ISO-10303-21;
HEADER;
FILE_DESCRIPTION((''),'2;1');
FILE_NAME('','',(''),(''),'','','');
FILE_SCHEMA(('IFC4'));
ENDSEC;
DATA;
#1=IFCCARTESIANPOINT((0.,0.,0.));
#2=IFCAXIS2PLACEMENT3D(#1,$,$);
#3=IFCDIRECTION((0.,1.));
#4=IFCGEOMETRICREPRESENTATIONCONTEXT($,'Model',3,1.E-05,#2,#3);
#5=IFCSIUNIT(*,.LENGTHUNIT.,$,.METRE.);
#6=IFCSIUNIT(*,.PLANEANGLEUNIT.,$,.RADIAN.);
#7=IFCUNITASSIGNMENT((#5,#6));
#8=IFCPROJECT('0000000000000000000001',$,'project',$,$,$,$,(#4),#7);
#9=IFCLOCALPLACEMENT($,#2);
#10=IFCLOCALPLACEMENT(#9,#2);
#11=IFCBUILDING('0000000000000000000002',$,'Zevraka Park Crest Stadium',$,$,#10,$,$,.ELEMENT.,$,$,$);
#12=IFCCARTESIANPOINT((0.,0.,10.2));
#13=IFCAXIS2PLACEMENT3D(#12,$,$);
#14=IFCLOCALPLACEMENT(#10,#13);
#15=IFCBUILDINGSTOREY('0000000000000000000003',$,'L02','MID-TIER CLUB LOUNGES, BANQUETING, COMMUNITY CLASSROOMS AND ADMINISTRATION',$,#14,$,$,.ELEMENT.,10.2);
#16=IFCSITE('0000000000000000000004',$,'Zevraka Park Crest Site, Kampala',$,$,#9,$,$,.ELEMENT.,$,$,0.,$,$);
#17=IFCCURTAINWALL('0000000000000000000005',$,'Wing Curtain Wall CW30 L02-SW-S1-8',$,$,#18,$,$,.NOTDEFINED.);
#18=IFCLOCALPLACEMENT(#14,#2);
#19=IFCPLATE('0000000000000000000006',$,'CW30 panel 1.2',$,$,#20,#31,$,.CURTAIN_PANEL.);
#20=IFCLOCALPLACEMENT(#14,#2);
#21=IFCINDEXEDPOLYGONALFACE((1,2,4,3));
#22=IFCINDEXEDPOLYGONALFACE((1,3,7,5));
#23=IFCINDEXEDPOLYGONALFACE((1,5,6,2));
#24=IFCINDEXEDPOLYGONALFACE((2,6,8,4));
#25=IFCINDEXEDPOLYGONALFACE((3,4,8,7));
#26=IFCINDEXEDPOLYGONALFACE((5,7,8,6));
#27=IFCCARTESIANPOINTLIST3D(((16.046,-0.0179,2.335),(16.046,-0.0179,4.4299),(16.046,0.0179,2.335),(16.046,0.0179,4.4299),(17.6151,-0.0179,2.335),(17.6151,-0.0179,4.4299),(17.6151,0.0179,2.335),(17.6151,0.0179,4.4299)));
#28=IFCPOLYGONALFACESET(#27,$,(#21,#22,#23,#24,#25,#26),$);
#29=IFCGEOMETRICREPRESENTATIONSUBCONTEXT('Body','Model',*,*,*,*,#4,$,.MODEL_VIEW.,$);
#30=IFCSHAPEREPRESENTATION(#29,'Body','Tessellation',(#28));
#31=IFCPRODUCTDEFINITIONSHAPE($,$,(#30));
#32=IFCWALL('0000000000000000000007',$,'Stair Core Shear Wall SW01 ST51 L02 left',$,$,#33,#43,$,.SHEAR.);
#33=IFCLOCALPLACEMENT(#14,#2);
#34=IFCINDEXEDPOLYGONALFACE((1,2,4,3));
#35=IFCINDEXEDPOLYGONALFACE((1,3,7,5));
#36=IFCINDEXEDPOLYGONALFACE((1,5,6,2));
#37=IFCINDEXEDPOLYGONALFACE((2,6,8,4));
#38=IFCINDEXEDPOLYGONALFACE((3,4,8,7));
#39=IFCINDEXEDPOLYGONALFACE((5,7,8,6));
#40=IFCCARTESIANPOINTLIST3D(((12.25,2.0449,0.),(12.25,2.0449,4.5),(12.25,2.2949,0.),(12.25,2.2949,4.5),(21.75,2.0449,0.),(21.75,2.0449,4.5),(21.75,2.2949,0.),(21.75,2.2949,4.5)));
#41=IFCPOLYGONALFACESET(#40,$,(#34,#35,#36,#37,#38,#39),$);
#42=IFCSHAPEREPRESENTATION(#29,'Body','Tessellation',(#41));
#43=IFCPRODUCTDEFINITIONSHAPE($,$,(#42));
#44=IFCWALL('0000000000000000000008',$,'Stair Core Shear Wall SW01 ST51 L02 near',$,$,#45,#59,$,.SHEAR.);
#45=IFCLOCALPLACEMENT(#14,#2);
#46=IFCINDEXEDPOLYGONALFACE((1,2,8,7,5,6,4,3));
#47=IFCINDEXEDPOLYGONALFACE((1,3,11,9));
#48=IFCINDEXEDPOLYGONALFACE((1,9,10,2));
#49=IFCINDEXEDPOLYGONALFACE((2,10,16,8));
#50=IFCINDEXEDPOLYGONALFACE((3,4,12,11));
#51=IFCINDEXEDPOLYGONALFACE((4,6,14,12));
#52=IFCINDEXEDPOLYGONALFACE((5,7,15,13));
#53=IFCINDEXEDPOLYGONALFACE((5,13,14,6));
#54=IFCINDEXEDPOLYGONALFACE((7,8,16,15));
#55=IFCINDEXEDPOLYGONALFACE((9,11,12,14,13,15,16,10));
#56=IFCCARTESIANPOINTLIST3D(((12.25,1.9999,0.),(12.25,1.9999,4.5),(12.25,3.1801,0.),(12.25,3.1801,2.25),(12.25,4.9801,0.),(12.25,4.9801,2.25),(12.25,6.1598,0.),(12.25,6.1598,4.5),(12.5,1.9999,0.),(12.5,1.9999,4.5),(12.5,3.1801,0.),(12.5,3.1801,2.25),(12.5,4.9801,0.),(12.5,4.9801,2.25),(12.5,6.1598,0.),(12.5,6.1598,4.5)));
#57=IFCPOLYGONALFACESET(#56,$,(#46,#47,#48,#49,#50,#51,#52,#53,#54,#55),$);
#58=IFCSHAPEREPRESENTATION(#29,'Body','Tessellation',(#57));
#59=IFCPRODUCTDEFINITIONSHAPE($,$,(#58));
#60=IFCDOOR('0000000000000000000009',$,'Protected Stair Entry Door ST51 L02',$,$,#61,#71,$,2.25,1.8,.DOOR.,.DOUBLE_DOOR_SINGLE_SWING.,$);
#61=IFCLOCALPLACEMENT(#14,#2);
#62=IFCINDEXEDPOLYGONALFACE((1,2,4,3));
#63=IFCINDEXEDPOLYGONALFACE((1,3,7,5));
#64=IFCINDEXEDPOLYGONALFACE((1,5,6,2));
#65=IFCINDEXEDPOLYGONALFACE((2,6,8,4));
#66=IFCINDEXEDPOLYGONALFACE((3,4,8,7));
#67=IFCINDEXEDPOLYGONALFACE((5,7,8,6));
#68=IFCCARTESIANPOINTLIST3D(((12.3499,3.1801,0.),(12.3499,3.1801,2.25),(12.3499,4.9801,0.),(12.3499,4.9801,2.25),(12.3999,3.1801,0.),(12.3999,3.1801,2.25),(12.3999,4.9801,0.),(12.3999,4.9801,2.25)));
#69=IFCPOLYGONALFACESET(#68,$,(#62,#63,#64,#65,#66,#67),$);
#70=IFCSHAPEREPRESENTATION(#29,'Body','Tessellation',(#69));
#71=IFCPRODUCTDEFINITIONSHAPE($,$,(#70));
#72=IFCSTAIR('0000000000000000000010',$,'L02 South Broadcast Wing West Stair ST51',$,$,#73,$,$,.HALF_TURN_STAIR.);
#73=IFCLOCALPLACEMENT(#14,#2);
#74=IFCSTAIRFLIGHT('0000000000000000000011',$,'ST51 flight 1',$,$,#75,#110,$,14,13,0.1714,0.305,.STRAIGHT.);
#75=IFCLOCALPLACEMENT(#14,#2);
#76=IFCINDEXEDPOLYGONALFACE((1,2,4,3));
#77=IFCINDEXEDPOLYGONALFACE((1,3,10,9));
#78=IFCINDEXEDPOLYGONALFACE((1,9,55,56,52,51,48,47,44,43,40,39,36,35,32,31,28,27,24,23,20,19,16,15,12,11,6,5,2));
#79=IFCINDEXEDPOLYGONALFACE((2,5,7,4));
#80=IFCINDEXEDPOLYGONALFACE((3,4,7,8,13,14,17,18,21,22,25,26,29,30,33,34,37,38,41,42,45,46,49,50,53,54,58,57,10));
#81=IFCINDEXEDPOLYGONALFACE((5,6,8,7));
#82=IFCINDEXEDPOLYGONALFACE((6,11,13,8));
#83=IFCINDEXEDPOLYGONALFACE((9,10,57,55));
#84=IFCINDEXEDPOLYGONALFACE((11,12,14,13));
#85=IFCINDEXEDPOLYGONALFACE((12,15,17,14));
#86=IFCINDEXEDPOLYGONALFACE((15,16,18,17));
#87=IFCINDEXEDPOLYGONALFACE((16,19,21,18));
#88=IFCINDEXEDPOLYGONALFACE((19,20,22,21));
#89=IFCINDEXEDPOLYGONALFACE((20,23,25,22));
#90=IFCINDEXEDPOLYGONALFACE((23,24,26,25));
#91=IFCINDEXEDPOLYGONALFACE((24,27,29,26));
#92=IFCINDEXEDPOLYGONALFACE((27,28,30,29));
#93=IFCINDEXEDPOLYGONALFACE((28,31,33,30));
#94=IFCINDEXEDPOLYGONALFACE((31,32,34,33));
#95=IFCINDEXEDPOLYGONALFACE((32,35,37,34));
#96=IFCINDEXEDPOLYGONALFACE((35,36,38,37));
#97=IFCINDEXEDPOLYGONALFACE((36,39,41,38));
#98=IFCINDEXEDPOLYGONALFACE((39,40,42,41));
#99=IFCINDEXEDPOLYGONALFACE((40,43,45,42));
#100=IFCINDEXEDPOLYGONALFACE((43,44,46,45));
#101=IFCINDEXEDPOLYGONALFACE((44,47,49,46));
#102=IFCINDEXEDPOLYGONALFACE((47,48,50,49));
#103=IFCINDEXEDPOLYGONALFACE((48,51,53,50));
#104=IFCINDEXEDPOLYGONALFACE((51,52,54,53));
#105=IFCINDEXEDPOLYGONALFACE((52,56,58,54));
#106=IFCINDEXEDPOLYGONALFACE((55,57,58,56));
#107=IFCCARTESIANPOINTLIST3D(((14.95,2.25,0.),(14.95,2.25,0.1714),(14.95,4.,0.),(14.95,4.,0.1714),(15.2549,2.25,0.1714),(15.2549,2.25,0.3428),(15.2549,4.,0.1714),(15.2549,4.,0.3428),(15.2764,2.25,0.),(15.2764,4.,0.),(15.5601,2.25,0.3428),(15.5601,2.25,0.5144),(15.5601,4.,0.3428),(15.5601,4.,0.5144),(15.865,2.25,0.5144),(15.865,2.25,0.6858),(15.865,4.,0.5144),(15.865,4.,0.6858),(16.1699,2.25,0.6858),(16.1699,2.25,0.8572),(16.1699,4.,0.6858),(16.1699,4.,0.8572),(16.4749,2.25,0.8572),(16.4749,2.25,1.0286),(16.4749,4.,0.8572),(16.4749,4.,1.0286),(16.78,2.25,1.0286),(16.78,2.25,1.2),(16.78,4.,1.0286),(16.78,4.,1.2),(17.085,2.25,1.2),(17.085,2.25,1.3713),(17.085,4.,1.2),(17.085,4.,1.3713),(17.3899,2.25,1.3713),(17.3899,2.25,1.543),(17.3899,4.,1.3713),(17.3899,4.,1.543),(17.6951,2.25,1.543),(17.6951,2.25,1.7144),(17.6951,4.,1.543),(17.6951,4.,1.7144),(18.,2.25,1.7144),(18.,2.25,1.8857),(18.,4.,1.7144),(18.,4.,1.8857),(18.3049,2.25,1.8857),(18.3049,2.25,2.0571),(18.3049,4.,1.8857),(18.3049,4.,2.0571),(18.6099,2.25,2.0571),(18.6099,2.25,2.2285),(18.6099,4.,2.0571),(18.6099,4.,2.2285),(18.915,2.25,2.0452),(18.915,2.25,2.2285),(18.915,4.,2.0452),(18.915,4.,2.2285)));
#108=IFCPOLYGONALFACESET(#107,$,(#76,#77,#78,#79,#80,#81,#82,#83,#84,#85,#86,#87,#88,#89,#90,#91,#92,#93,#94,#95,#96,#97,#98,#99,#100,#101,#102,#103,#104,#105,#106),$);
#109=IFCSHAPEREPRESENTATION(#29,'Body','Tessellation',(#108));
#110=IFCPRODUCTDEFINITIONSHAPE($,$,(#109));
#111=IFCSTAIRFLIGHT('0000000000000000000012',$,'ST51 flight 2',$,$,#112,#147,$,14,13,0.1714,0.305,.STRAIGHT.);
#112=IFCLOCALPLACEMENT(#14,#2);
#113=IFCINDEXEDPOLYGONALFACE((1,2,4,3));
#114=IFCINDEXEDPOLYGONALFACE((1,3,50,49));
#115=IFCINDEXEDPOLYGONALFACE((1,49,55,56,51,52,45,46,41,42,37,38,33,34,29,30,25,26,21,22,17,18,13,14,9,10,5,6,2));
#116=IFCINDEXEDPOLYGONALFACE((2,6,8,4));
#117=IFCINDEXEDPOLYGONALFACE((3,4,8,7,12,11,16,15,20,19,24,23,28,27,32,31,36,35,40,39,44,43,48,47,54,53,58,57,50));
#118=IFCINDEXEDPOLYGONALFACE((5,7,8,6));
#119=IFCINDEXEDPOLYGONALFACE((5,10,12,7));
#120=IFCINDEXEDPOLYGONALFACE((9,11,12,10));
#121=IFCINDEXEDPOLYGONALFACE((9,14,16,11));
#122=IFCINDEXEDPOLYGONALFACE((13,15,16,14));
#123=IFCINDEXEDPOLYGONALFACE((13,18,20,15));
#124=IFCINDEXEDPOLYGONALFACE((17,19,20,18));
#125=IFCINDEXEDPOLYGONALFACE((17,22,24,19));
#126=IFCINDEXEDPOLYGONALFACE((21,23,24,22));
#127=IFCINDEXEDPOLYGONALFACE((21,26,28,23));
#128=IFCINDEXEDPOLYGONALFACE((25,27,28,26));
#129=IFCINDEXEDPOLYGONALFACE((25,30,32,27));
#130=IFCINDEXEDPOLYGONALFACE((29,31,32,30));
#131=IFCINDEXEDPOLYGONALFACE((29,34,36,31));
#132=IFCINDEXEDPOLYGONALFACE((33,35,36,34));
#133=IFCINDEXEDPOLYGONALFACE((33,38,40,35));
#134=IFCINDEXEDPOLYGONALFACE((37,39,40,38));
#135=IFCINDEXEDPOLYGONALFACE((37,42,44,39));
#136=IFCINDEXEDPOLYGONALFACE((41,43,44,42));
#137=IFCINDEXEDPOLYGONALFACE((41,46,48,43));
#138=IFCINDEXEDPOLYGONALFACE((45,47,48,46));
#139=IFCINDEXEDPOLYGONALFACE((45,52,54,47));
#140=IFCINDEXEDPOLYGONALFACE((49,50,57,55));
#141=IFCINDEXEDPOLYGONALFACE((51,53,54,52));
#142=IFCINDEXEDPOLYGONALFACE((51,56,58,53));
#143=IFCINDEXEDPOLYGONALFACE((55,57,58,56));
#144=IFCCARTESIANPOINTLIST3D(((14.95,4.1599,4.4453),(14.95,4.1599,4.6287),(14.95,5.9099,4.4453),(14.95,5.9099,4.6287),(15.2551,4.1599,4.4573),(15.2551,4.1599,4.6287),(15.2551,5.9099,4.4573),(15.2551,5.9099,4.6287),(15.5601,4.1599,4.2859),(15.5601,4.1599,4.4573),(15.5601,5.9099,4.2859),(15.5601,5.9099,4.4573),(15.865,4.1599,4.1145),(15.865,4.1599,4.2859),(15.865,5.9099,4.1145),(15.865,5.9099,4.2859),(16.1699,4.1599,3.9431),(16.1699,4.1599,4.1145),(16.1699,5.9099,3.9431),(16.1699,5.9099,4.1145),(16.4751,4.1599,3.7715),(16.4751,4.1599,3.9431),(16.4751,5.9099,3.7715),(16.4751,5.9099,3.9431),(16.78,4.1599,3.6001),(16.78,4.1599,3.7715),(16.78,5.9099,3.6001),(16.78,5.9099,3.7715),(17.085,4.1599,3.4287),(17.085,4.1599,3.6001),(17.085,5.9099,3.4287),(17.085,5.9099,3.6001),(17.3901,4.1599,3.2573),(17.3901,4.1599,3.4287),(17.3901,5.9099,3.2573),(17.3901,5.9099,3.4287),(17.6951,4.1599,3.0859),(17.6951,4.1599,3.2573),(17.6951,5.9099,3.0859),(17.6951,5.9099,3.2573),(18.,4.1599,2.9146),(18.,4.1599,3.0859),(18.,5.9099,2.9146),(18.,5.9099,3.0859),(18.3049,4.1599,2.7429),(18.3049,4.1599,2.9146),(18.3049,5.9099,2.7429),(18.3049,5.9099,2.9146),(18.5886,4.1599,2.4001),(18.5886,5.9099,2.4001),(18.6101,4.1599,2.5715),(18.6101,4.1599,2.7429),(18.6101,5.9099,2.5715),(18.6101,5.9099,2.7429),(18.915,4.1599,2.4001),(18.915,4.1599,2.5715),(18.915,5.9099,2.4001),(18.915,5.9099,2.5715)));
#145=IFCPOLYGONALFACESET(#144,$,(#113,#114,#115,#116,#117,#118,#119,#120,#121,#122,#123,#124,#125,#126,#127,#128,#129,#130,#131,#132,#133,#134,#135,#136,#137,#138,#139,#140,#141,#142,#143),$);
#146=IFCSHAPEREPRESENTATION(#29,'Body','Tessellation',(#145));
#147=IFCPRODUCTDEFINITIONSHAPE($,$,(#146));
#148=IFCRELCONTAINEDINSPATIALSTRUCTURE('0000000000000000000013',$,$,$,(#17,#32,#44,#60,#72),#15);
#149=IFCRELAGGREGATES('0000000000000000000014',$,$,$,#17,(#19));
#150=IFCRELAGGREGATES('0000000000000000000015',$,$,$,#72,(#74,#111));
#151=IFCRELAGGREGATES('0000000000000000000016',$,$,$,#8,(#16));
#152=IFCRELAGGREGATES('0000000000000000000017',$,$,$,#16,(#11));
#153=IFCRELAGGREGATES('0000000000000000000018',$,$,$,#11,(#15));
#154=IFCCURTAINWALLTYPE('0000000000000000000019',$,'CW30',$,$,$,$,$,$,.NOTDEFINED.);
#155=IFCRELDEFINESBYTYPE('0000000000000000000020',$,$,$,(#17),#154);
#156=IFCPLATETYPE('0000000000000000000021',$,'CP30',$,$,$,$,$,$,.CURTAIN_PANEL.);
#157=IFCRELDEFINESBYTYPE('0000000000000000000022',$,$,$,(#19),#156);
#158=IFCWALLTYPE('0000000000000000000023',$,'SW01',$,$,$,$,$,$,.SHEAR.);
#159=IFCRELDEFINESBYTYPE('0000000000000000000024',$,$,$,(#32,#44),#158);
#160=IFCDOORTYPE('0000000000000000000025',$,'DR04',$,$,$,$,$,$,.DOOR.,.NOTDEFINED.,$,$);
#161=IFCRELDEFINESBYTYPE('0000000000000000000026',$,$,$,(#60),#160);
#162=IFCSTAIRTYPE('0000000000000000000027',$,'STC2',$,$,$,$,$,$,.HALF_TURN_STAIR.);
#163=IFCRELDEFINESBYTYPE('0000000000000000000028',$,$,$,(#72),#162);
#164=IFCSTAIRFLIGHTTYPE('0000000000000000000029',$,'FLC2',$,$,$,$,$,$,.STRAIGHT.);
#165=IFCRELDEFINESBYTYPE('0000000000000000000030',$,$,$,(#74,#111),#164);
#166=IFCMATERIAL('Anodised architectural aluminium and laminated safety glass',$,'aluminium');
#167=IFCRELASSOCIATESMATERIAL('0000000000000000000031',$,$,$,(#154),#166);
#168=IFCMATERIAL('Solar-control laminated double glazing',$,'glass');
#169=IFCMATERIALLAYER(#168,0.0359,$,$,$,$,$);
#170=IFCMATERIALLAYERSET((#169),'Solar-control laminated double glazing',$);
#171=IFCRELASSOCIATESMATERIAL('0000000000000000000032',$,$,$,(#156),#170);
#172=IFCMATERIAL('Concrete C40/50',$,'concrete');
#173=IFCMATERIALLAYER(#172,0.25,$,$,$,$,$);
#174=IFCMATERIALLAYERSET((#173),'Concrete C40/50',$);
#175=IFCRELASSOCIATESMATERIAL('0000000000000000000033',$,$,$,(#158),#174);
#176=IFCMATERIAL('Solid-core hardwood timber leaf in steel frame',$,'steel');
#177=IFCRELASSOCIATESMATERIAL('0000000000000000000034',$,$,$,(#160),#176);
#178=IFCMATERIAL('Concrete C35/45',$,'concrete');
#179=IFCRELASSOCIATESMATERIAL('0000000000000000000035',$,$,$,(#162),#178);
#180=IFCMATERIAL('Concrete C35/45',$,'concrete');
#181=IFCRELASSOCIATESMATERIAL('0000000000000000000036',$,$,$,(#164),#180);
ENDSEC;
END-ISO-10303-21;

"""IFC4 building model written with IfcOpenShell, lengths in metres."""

from ifc_helpers import new_model, si_unit, direction, frame, frame_2d, origin, origin_2d, place, context, subcontext, project, spatial, polyline, rectangle, outline, extrude, material, layer, layer_set, type_object, element, fill, aggregate, save


model = new_model("IFC4")

# Units and contexts
model_context = context("Model", 3, precision=1e-05, world=origin(), true_north=direction((0.0, 1.0)))
body_context = subcontext(model_context, "Body", "Model", "MODEL_VIEW")
ifc_project = project(units=[si_unit("LENGTHUNIT", "METRE"), si_unit("PLANEANGLEUNIT", "RADIAN")], contexts=[model_context])

# Site, building, storey
site_placement = place(None, origin())
site = spatial("IfcSite", under=ifc_project, at=site_placement, Name="Zevraka Park Crest Site, Kampala", CompositionType="ELEMENT", RefElevation=0.0)
building_placement = place(site_placement, origin())
building = spatial("IfcBuilding", under=site, at=building_placement, Name="Zevraka Park Crest Stadium", CompositionType="ELEMENT")
storey_placement = place(building_placement, frame((0.0, 0.0, 10.2)))
storey = spatial("IfcBuildingStorey", under=building, at=storey_placement, Name="L02", Description="MID-TIER CLUB LOUNGES, BANQUETING, COMMUNITY CLASSROOMS AND ADMINISTRATION", CompositionType="ELEMENT", Elevation=10.2)

# Curtain wall
ifc_material_1 = material(Name="Anodised architectural aluminium and laminated safety glass", Category="aluminium")
curtain_wall_type = type_object("IfcCurtainWallType", Name="CW30", PredefinedType="NOTDEFINED", material=ifc_material_1)
curtain_wall_placement = place(storey_placement, origin())
curtain_wall = element("IfcCurtainWall", 1, at=curtain_wall_placement, inside=storey, type_object=curtain_wall_type, Name="Wing Curtain Wall CW30 L02-SW-S1-8", PredefinedType="NOTDEFINED")

# Plate
ifc_material_2 = material(Name="Solar-control laminated double glazing", Category="glass")
ifc_layer_1 = layer(ifc_material_2, 0.0359)
ifc_layer_set_1 = layer_set([ifc_layer_1], Name="Solar-control laminated double glazing")
plate_type = type_object("IfcPlateType", Name="CP30", PredefinedType="CURTAIN_PANEL", material=ifc_layer_set_1)
plate_1_placement = place(storey_placement, frame((16.8306, 0.0, 2.335), z_axis=(0.0, 0.0, 1.0), x_axis=(-1.0, 0.0, 0.0)))
plate_1 = element("IfcPlate", 2, at=plate_1_placement, type_object=plate_type, Name="CW30 panel 1.2", PredefinedType="CURTAIN_PANEL", context=body_context, shape_type="SweptSolid", body=[
    extrude(rectangle(XDim=1.5691, YDim=0.0359, at=origin_2d()), origin(), (0.0, 0.0, 1.0), 2.095),
])
aggregate(curtain_wall, [plate_1])

# Wall
ifc_material_3 = material(Name="Concrete C40/50", Category="concrete")
ifc_layer_2 = layer(ifc_material_3, 0.25)
ifc_layer_set_2 = layer_set([ifc_layer_2], Name="Concrete C40/50")
wall_type = type_object("IfcWallType", Name="SW01", PredefinedType="SHEAR", material=ifc_layer_set_2)
wall_1_placement = place(storey_placement, frame((12.25, 2.1699, 0.0), z_axis=(0.0, 0.0, 1.0), x_axis=(1.0, 0.0, 0.0)))
element("IfcWall", 3, at=wall_1_placement, inside=storey, type_object=wall_type, Name="Stair Core Shear Wall SW01 ST51 L02 left", PredefinedType="SHEAR", context=body_context, shape_type="SweptSolid", body=[
    extrude(rectangle(XDim=9.5, YDim=0.25, at=frame_2d((4.75, 0.0))), origin(), (0.0, 0.0, 1.0), 4.5),
])

# Wall, opening, door
wall_2_placement = place(storey_placement, frame((12.375, 6.1599, 0.0), z_axis=(0.0, 0.0, 1.0), x_axis=(0.0, -1.0, 0.0)))
wall_2 = element("IfcWall", 4, at=wall_2_placement, inside=storey, type_object=wall_type, Name="Stair Core Shear Wall SW01 ST51 L02 near", PredefinedType="SHEAR", context=body_context, shape_type="SweptSolid", body=[
    extrude(rectangle(XDim=4.1599, YDim=0.25, at=frame_2d((2.0801, 0.0))), origin(), (0.0, 0.0, 1.0), 4.5),
])
opening_placement = place(wall_2_placement, frame((1.1799, 0.0, 0.0)))
opening = element("IfcOpeningElement", 5, at=opening_placement, cuts=wall_2, PredefinedType="OPENING", context=body_context, shape_type="SweptSolid", body=[
    extrude(rectangle(XDim=1.8, YDim=2.25, at=frame_2d((0.8999, 1.125))), frame((0.0, 0.135, 0.0), z_axis=(0.0, -1.0, 0.0), x_axis=(1.0, 0.0, 0.0)), (0.0, 0.0, 1.0), 0.27),
])
ifc_material_4 = material(Name="Solid-core hardwood timber leaf in steel frame", Category="steel")
door_type = type_object("IfcDoorType", Name="DR04", OperationType="NOTDEFINED", PredefinedType="DOOR", material=ifc_material_4)
door_placement = place(opening_placement, origin())
door = element("IfcDoor", 6, at=door_placement, inside=storey, type_object=door_type, Name="Protected Stair Entry Door ST51 L02", OperationType="DOUBLE_DOOR_SINGLE_SWING", OverallHeight=2.25, OverallWidth=1.8, PredefinedType="DOOR", context=body_context, shape_type="SweptSolid", body=[
    extrude(rectangle(XDim=1.8, YDim=2.25, at=frame_2d((0.8999, 1.125))), frame((0.0, 0.0249, 0.0), z_axis=(0.0, -1.0, 0.0), x_axis=(1.0, 0.0, 0.0)), (0.0, 0.0, 1.0), 0.05),
])
fill(opening, door)

# Stair, stair flights
ifc_material_5 = material(Name="Concrete C35/45", Category="concrete")
stair_type = type_object("IfcStairType", Name="STC2", PredefinedType="HALF_TURN_STAIR", material=ifc_material_5)
stair_placement = place(storey_placement, origin())
stair = element("IfcStair", 7, at=stair_placement, inside=storey, type_object=stair_type, Name="L02 South Broadcast Wing West Stair ST51", PredefinedType="HALF_TURN_STAIR")
ifc_material_6 = material(Name="Concrete C35/45", Category="concrete")
stair_flight_type = type_object("IfcStairFlightType", Name="FLC2", PredefinedType="STRAIGHT", material=ifc_material_6)
stair_flight_1_placement = place(storey_placement, frame((14.95, 3.125, 0.0), z_axis=(0.0, 0.0, 1.0), x_axis=(1.0, 0.0, 0.0)))
stair_flight_1 = element("IfcStairFlight", 8, at=stair_flight_1_placement, type_object=stair_flight_type, Name="ST51 flight 1", NumberOfRisers=14, NumberOfTreads=13, PredefinedType="STRAIGHT", RiserHeight=0.1714, TreadLength=0.305, context=body_context, shape_type="SweptSolid", body=[
    extrude(outline(polyline([(0.0, 0.0), (0.0, 0.1714), (0.3049, 0.1714), (0.3049, 0.3428), (0.6101, 0.3428), (0.6101, 0.5144), (0.915, 0.5144), (0.915, 0.6858), (1.22, 0.6858), (1.22, 0.8572), (1.5249, 0.8572), (1.5249, 1.0286), (1.8301, 1.0286), (1.8301, 1.2), (2.135, 1.2), (2.135, 1.3713), (2.4399, 1.3713), (2.4399, 1.543), (2.7451, 1.543), (2.7451, 1.7144), (3.05, 1.7144), (3.05, 1.8857), (3.355, 1.8857), (3.355, 2.0571), (3.6599, 2.0571), (3.6599, 2.2285), (3.9651, 2.2285), (3.9651, 2.3999), (3.9651, 2.0452), (0.3264, 0.0), (0.0, 0.0)])), frame((0.0, 0.875, 0.0), z_axis=(0.0, -1.0, 0.0), x_axis=(1.0, 0.0, 0.0)), (0.0, 0.0, 1.0), 1.75),
])
stair_flight_2_placement = place(storey_placement, frame((18.915, 5.0349, 2.4001), z_axis=(0.0, 0.0, 1.0), x_axis=(-1.0, 0.0, 0.0)))
stair_flight_2 = element("IfcStairFlight", 9, at=stair_flight_2_placement, type_object=stair_flight_type, Name="ST51 flight 2", NumberOfRisers=14, NumberOfTreads=13, PredefinedType="STRAIGHT", RiserHeight=0.1714, TreadLength=0.305, context=body_context, shape_type="SweptSolid", body=[
    extrude(outline(polyline([(0.0, 0.0), (0.0, 0.1714), (0.3049, 0.1714), (0.3049, 0.3428), (0.6101, 0.3428), (0.6101, 0.5144), (0.915, 0.5144), (0.915, 0.6858), (1.22, 0.6858), (1.22, 0.8572), (1.5249, 0.8572), (1.5249, 1.0286), (1.8301, 1.0286), (1.8301, 1.2), (2.135, 1.2), (2.135, 1.3713), (2.4399, 1.3713), (2.4399, 1.543), (2.7451, 1.543), (2.7451, 1.7144), (3.05, 1.7144), (3.05, 1.8857), (3.355, 1.8857), (3.355, 2.0571), (3.6599, 2.0571), (3.6599, 2.2285), (3.9651, 2.2285), (3.9651, 2.3999), (3.9651, 2.0452), (0.3264, 0.0), (0.0, 0.0)])), frame((0.0, 0.875, 0.0), z_axis=(0.0, -1.0, 0.0), x_axis=(1.0, 0.0, 0.0)), (0.0, 0.0, 1.0), 1.75),
])
aggregate(stair, [stair_flight_1, stair_flight_2])

save(model, "model.ifc")
